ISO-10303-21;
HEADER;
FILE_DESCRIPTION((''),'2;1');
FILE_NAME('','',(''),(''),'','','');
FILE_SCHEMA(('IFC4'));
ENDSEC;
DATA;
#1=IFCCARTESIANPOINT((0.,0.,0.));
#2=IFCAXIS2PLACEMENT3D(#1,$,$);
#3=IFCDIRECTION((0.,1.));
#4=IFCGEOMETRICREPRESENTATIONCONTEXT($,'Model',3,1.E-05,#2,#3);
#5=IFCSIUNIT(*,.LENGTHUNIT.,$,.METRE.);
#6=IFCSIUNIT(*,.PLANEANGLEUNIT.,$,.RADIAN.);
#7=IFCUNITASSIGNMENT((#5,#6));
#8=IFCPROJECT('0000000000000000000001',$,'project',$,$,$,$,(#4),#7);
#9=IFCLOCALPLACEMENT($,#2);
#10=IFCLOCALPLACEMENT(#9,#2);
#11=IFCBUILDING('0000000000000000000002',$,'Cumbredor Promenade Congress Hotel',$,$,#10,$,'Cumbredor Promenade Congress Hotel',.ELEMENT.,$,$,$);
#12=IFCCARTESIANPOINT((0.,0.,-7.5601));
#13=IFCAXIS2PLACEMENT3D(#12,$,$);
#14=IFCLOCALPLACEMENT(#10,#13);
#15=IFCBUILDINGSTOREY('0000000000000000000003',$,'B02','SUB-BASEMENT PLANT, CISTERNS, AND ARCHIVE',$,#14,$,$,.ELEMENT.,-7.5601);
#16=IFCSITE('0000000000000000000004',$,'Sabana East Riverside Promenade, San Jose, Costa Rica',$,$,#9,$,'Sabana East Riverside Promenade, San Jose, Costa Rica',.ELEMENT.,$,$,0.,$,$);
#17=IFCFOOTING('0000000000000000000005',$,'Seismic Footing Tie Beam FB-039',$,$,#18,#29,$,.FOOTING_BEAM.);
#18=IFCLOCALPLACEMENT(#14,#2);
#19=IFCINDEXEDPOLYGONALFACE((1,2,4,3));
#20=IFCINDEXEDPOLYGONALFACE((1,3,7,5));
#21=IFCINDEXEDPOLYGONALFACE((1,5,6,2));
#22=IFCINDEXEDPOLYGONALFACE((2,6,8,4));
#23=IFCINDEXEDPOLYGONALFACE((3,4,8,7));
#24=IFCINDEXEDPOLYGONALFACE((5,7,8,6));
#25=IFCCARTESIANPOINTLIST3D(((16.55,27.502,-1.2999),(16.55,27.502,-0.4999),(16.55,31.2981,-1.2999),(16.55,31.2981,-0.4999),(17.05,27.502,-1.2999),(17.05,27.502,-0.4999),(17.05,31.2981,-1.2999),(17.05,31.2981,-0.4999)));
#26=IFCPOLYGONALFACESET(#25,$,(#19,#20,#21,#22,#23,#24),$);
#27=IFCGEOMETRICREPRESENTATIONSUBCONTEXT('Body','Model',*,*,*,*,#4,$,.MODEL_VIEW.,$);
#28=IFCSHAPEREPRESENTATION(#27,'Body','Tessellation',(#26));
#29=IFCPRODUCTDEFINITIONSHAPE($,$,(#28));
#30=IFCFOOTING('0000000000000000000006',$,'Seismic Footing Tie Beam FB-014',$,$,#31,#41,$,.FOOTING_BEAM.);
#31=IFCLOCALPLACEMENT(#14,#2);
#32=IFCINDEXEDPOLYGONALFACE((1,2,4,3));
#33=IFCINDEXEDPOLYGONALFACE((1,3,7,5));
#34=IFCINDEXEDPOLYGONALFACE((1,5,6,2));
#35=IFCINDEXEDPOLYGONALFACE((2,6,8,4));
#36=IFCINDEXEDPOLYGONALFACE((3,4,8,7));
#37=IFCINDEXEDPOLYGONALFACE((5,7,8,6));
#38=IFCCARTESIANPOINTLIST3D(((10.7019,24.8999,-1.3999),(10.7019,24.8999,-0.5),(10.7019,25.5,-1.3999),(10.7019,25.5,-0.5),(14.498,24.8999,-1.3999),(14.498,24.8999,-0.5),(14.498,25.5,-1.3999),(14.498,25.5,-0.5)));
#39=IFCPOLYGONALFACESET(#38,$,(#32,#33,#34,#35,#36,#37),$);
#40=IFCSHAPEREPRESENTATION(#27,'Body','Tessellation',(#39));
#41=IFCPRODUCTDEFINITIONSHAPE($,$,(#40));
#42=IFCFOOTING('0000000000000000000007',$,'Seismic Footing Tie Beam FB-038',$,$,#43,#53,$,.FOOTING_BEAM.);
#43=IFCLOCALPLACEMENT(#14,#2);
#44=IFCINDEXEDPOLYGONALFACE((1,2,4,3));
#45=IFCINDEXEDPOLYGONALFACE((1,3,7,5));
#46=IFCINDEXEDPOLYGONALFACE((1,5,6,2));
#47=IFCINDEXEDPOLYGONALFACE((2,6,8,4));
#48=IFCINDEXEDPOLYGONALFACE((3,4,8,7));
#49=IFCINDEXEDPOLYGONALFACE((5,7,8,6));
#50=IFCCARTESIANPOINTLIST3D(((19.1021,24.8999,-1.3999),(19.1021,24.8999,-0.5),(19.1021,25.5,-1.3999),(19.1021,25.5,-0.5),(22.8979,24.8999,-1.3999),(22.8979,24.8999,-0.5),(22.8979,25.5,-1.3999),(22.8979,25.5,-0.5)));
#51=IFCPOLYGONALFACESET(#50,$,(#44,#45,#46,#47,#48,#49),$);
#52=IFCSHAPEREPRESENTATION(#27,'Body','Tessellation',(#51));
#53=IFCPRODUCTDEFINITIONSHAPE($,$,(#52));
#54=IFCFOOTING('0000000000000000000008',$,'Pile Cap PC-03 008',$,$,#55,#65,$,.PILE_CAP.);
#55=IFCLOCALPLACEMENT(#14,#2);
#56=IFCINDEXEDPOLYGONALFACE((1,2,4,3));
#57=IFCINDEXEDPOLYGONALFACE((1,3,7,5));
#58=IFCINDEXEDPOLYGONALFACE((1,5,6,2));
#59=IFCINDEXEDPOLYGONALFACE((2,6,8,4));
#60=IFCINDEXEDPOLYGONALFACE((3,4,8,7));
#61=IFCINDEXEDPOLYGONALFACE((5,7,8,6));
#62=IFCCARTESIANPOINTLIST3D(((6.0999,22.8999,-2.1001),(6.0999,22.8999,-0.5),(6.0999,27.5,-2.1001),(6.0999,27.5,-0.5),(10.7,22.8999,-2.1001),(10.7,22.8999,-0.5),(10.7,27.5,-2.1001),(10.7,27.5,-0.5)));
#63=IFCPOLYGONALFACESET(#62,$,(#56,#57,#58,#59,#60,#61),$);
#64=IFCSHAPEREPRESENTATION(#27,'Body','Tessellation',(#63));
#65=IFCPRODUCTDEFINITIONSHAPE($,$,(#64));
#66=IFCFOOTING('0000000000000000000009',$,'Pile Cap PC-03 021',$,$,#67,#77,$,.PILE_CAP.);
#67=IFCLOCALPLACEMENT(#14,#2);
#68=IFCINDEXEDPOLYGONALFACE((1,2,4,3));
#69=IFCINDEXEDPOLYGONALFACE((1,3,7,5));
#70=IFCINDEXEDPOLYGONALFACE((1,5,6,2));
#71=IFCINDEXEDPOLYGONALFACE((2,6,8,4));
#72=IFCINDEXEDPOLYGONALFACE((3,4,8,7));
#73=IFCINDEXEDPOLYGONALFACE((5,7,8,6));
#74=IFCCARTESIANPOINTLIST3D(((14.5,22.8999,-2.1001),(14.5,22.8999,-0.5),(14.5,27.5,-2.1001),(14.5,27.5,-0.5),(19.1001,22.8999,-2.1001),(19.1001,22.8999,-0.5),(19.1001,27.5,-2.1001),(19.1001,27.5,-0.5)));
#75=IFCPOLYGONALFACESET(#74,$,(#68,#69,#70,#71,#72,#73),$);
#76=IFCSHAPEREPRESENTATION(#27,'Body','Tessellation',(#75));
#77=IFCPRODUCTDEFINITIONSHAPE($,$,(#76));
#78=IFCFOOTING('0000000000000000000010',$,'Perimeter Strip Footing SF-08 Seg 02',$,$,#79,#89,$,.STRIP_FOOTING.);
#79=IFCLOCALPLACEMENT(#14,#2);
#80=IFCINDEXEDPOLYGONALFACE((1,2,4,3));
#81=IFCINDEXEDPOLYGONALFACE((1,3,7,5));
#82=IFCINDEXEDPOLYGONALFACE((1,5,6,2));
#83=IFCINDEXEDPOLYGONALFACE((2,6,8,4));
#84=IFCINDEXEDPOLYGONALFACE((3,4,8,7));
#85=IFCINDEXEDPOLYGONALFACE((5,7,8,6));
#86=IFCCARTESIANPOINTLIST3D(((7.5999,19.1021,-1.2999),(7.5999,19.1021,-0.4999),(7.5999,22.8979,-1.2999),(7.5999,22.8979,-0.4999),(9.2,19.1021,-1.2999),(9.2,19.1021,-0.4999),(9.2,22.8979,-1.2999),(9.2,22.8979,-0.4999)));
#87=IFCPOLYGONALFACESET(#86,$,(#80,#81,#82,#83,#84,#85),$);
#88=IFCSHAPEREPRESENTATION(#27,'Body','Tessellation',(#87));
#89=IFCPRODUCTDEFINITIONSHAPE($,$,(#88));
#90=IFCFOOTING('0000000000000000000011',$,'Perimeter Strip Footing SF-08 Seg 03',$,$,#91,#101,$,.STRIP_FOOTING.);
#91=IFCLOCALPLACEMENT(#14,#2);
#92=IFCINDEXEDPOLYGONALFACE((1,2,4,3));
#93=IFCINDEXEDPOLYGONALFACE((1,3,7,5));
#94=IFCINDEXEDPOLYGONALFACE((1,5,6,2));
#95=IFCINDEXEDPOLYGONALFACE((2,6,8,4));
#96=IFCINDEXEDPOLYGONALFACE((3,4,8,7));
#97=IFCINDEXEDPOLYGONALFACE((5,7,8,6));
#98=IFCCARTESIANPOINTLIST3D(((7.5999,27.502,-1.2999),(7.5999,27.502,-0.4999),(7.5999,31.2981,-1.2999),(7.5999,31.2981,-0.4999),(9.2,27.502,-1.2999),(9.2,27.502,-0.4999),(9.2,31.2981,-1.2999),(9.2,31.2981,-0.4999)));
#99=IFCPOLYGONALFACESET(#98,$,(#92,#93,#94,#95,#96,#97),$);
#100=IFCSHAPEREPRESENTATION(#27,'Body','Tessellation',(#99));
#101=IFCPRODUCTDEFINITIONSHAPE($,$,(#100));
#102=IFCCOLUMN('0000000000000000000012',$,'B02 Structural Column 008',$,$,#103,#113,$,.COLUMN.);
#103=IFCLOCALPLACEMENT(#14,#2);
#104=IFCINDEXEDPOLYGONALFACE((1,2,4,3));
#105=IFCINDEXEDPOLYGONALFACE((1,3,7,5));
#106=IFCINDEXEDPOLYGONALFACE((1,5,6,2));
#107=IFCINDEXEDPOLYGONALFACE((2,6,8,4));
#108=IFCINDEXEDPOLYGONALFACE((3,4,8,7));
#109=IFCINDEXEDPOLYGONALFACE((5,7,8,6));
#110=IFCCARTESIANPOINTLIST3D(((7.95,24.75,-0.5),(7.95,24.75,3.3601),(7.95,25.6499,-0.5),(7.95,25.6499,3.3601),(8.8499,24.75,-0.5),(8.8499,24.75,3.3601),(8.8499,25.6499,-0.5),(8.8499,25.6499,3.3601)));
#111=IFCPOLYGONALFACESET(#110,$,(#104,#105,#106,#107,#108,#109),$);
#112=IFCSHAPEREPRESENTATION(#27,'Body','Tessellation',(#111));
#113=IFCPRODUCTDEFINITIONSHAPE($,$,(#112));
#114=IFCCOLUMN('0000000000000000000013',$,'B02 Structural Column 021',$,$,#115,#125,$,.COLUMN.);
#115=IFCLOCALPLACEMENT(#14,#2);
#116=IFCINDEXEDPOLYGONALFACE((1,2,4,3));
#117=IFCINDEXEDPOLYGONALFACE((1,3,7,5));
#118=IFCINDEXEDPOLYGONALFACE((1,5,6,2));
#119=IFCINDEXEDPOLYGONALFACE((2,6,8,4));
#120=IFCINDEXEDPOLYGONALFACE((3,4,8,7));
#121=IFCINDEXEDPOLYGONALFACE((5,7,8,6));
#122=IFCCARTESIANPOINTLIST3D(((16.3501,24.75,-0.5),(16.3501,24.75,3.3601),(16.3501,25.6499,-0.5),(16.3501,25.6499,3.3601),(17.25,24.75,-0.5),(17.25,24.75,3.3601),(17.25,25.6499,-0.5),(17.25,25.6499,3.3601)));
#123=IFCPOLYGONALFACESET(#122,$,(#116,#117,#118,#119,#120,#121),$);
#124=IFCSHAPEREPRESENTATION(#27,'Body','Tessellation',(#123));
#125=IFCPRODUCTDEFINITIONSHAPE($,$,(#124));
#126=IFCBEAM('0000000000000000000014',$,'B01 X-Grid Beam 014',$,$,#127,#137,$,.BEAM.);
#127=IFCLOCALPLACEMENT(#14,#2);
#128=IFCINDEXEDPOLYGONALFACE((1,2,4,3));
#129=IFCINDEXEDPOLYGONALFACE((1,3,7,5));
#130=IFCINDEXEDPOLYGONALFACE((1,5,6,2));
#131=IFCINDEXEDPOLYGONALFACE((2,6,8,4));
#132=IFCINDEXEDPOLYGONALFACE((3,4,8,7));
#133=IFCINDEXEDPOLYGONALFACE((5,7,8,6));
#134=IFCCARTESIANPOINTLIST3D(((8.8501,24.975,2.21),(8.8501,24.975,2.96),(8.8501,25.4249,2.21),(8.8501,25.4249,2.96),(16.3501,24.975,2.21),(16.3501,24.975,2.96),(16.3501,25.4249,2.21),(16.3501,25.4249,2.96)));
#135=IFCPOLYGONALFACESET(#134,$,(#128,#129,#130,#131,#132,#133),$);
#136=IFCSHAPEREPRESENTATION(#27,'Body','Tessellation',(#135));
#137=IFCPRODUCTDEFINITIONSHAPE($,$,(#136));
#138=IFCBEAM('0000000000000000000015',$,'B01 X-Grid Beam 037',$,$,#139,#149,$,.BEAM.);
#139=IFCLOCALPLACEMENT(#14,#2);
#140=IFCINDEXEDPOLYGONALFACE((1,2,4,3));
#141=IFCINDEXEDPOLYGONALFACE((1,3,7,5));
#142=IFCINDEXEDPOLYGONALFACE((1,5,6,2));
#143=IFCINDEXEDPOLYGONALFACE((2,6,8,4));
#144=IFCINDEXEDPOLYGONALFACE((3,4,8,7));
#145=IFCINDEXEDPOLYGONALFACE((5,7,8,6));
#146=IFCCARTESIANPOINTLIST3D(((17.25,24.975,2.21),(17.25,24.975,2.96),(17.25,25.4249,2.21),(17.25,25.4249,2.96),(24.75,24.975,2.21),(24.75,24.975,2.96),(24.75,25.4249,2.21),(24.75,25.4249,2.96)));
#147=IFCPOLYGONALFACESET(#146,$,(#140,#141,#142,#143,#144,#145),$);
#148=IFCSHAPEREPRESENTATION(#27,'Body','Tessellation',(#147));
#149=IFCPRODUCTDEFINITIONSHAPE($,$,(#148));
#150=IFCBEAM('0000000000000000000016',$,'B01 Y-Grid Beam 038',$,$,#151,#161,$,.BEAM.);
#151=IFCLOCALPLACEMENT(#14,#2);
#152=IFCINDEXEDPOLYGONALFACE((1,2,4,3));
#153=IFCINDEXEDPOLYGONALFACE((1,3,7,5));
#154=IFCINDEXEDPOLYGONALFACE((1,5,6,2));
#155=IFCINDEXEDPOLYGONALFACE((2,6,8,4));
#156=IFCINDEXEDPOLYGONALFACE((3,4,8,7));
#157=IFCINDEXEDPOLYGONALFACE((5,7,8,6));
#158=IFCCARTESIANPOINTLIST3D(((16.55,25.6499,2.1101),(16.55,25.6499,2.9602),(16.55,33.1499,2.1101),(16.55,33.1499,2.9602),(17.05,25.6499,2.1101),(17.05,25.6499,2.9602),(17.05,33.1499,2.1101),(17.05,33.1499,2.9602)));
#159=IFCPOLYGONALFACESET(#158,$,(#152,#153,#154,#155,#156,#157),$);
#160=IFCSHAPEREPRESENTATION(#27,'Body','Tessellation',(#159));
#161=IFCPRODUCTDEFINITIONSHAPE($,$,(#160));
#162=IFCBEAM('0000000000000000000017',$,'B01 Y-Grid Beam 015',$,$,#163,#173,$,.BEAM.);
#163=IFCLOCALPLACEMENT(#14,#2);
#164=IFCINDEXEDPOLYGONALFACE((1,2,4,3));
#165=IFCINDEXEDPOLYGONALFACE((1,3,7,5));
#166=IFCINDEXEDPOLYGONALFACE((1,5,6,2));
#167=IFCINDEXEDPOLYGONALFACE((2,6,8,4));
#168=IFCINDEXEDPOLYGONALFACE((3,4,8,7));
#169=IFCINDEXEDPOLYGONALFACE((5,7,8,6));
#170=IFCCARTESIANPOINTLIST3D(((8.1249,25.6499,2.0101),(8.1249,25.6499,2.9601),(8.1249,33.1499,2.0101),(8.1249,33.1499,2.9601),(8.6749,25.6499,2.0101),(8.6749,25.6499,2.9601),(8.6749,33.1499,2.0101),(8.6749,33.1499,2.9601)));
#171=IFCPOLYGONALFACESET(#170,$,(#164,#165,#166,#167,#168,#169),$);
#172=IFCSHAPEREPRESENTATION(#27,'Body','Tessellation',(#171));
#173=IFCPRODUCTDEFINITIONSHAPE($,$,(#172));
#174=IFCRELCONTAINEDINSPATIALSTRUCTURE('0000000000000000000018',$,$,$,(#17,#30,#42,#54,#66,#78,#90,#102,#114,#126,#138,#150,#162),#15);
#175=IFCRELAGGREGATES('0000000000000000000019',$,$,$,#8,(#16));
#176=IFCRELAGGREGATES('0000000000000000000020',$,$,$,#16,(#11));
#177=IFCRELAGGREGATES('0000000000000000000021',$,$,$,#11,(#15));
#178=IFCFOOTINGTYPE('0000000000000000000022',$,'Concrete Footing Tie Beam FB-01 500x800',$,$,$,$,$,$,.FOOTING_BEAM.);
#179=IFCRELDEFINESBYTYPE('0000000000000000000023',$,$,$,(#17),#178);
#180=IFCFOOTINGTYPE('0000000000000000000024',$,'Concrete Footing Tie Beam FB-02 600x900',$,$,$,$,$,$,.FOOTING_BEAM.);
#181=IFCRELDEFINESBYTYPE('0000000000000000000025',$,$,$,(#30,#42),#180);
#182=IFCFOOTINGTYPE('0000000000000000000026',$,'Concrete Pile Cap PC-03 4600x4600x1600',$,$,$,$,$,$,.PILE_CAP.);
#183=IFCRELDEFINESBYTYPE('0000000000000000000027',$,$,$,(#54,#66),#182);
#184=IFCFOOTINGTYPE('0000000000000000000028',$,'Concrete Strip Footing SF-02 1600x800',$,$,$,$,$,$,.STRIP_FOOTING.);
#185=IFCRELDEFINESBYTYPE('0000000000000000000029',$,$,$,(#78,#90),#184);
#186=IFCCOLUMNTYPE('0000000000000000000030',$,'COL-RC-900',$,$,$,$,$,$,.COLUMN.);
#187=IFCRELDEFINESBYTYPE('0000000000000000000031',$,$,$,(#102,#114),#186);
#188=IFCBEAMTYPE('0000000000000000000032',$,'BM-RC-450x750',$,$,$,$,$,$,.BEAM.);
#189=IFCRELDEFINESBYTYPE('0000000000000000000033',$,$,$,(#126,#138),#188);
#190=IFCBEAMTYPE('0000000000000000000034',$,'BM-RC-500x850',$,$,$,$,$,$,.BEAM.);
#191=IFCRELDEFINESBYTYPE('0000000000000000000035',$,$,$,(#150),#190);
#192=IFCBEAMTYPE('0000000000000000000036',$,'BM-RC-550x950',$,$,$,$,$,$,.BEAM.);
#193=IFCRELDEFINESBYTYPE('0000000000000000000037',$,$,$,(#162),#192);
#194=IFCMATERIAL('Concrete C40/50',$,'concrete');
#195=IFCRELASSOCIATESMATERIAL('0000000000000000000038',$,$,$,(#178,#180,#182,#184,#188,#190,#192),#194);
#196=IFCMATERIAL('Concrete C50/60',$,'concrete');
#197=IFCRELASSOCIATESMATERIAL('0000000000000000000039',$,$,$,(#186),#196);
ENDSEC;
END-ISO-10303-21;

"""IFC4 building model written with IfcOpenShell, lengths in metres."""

from ifc_helpers import new_model, si_unit, direction, frame, origin, origin_2d, place, context, subcontext, project, spatial, rectangle, extrude, material, material_profile, profile_set, type_object, element, save


model = new_model("IFC4")

# Units and contexts
model_context = context("Model", 3, precision=1e-05, world=origin(), true_north=direction((0.0, 1.0)))
body_context = subcontext(model_context, "Body", "Model", "MODEL_VIEW")
ifc_project = project(units=[si_unit("LENGTHUNIT", "METRE"), si_unit("PLANEANGLEUNIT", "RADIAN")], contexts=[model_context])

# Site, building, storey
site_placement = place(None, origin())
site = spatial("IfcSite", under=ifc_project, at=site_placement, Name="Sabana East Riverside Promenade, San Jose, Costa Rica", LongName="Sabana East Riverside Promenade, San Jose, Costa Rica", CompositionType="ELEMENT", RefElevation=0.0)
building_placement = place(site_placement, origin())
building = spatial("IfcBuilding", under=site, at=building_placement, Name="Cumbredor Promenade Congress Hotel", LongName="Cumbredor Promenade Congress Hotel", CompositionType="ELEMENT")
storey_placement = place(building_placement, frame((0.0, 0.0, -7.5601)))
storey = spatial("IfcBuildingStorey", under=building, at=storey_placement, Name="B02", Description="SUB-BASEMENT PLANT, CISTERNS, AND ARCHIVE", CompositionType="ELEMENT", Elevation=-7.5601)

# Shared definitions
ifc_material_1 = material(Name="Concrete C40/50", Category="concrete")

# Footings
ifc_material_profile_1 = material_profile(ifc_material_1, rectangle(XDim=0.5, YDim=0.8, at=origin_2d()), Name="FB 500x800")
ifc_profile_set_1 = profile_set([ifc_material_profile_1], Name="Concrete C40/50")
footing_type_1 = type_object("IfcFootingType", Name="Concrete Footing Tie Beam FB-01 500x800", PredefinedType="FOOTING_BEAM", material=ifc_profile_set_1)
footing_1_placement = place(storey_placement, frame((16.8, 27.502, -0.8999), z_axis=(0.0, 1.0, 0.0), x_axis=(-1.0, 0.0, 0.0)))
element("IfcFooting", 1, at=footing_1_placement, inside=storey, type_object=footing_type_1, Name="Seismic Footing Tie Beam FB-039", PredefinedType="FOOTING_BEAM", context=body_context, shape_type="SweptSolid", body=[
    extrude(rectangle(XDim=0.5, YDim=0.8, at=origin_2d()), origin(), (0.0, 0.0, 1.0), 3.7961),
])
ifc_material_profile_2 = material_profile(ifc_material_1, rectangle(XDim=0.6001, YDim=0.8999, at=origin_2d()), Name="FB 600x900")
ifc_profile_set_2 = profile_set([ifc_material_profile_2], Name="Concrete C40/50")
footing_type_2 = type_object("IfcFootingType", Name="Concrete Footing Tie Beam FB-02 600x900", PredefinedType="FOOTING_BEAM", material=ifc_profile_set_2)
footing_2_placement = place(storey_placement, frame((10.7019, 25.2, -0.95), z_axis=(1.0, 0.0, 0.0), x_axis=(0.0, 1.0, 0.0)))
element("IfcFooting", 2, at=footing_2_placement, inside=storey, type_object=footing_type_2, Name="Seismic Footing Tie Beam FB-014", PredefinedType="FOOTING_BEAM", context=body_context, shape_type="SweptSolid", body=[
    extrude(rectangle(XDim=0.6001, YDim=0.8999, at=origin_2d()), origin(), (0.0, 0.0, 1.0), 3.7961),
])
footing_3_placement = place(storey_placement, frame((19.1021, 25.2, -0.95), z_axis=(1.0, 0.0, 0.0), x_axis=(0.0, 1.0, 0.0)))
element("IfcFooting", 3, at=footing_3_placement, inside=storey, type_object=footing_type_2, Name="Seismic Footing Tie Beam FB-038", PredefinedType="FOOTING_BEAM", context=body_context, shape_type="SweptSolid", body=[
    extrude(rectangle(XDim=0.6001, YDim=0.8999, at=origin_2d()), origin(), (0.0, 0.0, 1.0), 3.7959),
])
footing_type_3 = type_object("IfcFootingType", Name="Concrete Pile Cap PC-03 4600x4600x1600", PredefinedType="PILE_CAP", material=ifc_material_1)
for number, where, z_axis, x_axis, name in (
    (4, (8.3999, 25.2, -2.1001), (0.0, 0.0, 1.0), (1.0, 0.0, 0.0), "Pile Cap PC-03 008"),
    (5, (16.8, 25.2, -2.1001), (0.0, 0.0, 1.0), (1.0, 0.0, 0.0), "Pile Cap PC-03 021"),
):
    element("IfcFooting", number, at=place(storey_placement, frame(where, z_axis=z_axis, x_axis=x_axis)), inside=storey, type_object=footing_type_3, Name=name, PredefinedType="PILE_CAP", context=body_context, shape_type="SweptSolid", body=[
        extrude(rectangle(XDim=4.6001, YDim=4.6001, at=origin_2d()), origin(), (0.0, 0.0, 1.0), 1.6001),
    ])
ifc_material_profile_3 = material_profile(ifc_material_1, rectangle(XDim=1.6001, YDim=0.8, at=origin_2d()), Name="SF 1600x800")
ifc_profile_set_3 = profile_set([ifc_material_profile_3], Name="Concrete C40/50")
footing_type_4 = type_object("IfcFootingType", Name="Concrete Strip Footing SF-02 1600x800", PredefinedType="STRIP_FOOTING", material=ifc_profile_set_3)
footing_4_placement = place(storey_placement, frame((8.3999, 19.1021, -0.8999), z_axis=(0.0, 1.0, 0.0), x_axis=(-1.0, 0.0, 0.0)))
element("IfcFooting", 6, at=footing_4_placement, inside=storey, type_object=footing_type_4, Name="Perimeter Strip Footing SF-08 Seg 02", PredefinedType="STRIP_FOOTING", context=body_context, shape_type="SweptSolid", body=[
    extrude(rectangle(XDim=1.6001, YDim=0.8, at=origin_2d()), origin(), (0.0, 0.0, 1.0), 3.7959),
])
footing_5_placement = place(storey_placement, frame((8.3999, 27.502, -0.8999), z_axis=(0.0, 1.0, 0.0), x_axis=(-1.0, 0.0, 0.0)))
element("IfcFooting", 7, at=footing_5_placement, inside=storey, type_object=footing_type_4, Name="Perimeter Strip Footing SF-08 Seg 03", PredefinedType="STRIP_FOOTING", context=body_context, shape_type="SweptSolid", body=[
    extrude(rectangle(XDim=1.6001, YDim=0.8, at=origin_2d()), origin(), (0.0, 0.0, 1.0), 3.7961),
])

# Columns
ifc_material_2 = material(Name="Concrete C50/60", Category="concrete")
ifc_material_profile_4 = material_profile(ifc_material_2, rectangle(XDim=0.8999, YDim=0.8999, at=origin_2d()), Name="RC 900x900")
ifc_profile_set_4 = profile_set([ifc_material_profile_4], Name="Concrete C50/60")
column_type = type_object("IfcColumnType", Name="COL-RC-900", PredefinedType="COLUMN", material=ifc_profile_set_4)
for number, where, z_axis, x_axis, name in (
    (8, (8.3999, 25.2, -0.5), (0.0, 0.0, 1.0), (1.0, 0.0, 0.0), "B02 Structural Column 008"),
    (9, (16.8, 25.2, -0.5), (0.0, 0.0, 1.0), (1.0, 0.0, 0.0), "B02 Structural Column 021"),
):
    element("IfcColumn", number, at=place(storey_placement, frame(where, z_axis=z_axis, x_axis=x_axis)), inside=storey, type_object=column_type, Name=name, PredefinedType="COLUMN", context=body_context, shape_type="SweptSolid", body=[
        extrude(rectangle(XDim=0.8999, YDim=0.8999, at=origin_2d()), origin(), (0.0, 0.0, 1.0), 3.8601),
    ])

# Beams
ifc_material_profile_5 = material_profile(ifc_material_1, rectangle(XDim=0.45, YDim=0.75, at=origin_2d()), Name="RC BEAM 450x750")
ifc_profile_set_5 = profile_set([ifc_material_profile_5], Name="Concrete C40/50")
beam_type_1 = type_object("IfcBeamType", Name="BM-RC-450x750", PredefinedType="BEAM", material=ifc_profile_set_5)
for number, where, z_axis, x_axis, name in (
    (10, (8.8501, 25.2, 2.585), (1.0, 0.0, 0.0), (0.0, 1.0, 0.0), "B01 X-Grid Beam 014"),
    (11, (17.25, 25.2, 2.585), (1.0, 0.0, 0.0), (0.0, 1.0, 0.0), "B01 X-Grid Beam 037"),
):
    element("IfcBeam", number, at=place(storey_placement, frame(where, z_axis=z_axis, x_axis=x_axis)), inside=storey, type_object=beam_type_1, Name=name, PredefinedType="BEAM", context=body_context, shape_type="SweptSolid", body=[
        extrude(rectangle(XDim=0.45, YDim=0.75, at=origin_2d()), origin(), (0.0, 0.0, 1.0), 7.5),
    ])
ifc_material_profile_6 = material_profile(ifc_material_1, rectangle(XDim=0.5, YDim=0.8501, at=origin_2d()), Name="RC BEAM 500x850")
ifc_profile_set_6 = profile_set([ifc_material_profile_6], Name="Concrete C40/50")
beam_type_2 = type_object("IfcBeamType", Name="BM-RC-500x850", PredefinedType="BEAM", material=ifc_profile_set_6)
beam_1_placement = place(storey_placement, frame((16.8, 25.6499, 2.5352), z_axis=(0.0, 1.0, 0.0), x_axis=(-1.0, 0.0, 0.0)))
element("IfcBeam", 12, at=beam_1_placement, inside=storey, type_object=beam_type_2, Name="B01 Y-Grid Beam 038", PredefinedType="BEAM", context=body_context, shape_type="SweptSolid", body=[
    extrude(rectangle(XDim=0.5, YDim=0.8501, at=origin_2d()), origin(), (0.0, 0.0, 1.0), 7.5),
])
ifc_material_profile_7 = material_profile(ifc_material_1, rectangle(XDim=0.55, YDim=0.95, at=origin_2d()), Name="RC BEAM 550x950")
ifc_profile_set_7 = profile_set([ifc_material_profile_7], Name="Concrete C40/50")
beam_type_3 = type_object("IfcBeamType", Name="BM-RC-550x950", PredefinedType="BEAM", material=ifc_profile_set_7)
beam_2_placement = place(storey_placement, frame((8.3999, 25.6499, 2.4851), z_axis=(0.0, 1.0, 0.0), x_axis=(-1.0, 0.0, 0.0)))
element("IfcBeam", 13, at=beam_2_placement, inside=storey, type_object=beam_type_3, Name="B01 Y-Grid Beam 015", PredefinedType="BEAM", context=body_context, shape_type="SweptSolid", body=[
    extrude(rectangle(XDim=0.55, YDim=0.95, at=origin_2d()), origin(), (0.0, 0.0, 1.0), 7.5),
])

save(model, "model.ifc")
